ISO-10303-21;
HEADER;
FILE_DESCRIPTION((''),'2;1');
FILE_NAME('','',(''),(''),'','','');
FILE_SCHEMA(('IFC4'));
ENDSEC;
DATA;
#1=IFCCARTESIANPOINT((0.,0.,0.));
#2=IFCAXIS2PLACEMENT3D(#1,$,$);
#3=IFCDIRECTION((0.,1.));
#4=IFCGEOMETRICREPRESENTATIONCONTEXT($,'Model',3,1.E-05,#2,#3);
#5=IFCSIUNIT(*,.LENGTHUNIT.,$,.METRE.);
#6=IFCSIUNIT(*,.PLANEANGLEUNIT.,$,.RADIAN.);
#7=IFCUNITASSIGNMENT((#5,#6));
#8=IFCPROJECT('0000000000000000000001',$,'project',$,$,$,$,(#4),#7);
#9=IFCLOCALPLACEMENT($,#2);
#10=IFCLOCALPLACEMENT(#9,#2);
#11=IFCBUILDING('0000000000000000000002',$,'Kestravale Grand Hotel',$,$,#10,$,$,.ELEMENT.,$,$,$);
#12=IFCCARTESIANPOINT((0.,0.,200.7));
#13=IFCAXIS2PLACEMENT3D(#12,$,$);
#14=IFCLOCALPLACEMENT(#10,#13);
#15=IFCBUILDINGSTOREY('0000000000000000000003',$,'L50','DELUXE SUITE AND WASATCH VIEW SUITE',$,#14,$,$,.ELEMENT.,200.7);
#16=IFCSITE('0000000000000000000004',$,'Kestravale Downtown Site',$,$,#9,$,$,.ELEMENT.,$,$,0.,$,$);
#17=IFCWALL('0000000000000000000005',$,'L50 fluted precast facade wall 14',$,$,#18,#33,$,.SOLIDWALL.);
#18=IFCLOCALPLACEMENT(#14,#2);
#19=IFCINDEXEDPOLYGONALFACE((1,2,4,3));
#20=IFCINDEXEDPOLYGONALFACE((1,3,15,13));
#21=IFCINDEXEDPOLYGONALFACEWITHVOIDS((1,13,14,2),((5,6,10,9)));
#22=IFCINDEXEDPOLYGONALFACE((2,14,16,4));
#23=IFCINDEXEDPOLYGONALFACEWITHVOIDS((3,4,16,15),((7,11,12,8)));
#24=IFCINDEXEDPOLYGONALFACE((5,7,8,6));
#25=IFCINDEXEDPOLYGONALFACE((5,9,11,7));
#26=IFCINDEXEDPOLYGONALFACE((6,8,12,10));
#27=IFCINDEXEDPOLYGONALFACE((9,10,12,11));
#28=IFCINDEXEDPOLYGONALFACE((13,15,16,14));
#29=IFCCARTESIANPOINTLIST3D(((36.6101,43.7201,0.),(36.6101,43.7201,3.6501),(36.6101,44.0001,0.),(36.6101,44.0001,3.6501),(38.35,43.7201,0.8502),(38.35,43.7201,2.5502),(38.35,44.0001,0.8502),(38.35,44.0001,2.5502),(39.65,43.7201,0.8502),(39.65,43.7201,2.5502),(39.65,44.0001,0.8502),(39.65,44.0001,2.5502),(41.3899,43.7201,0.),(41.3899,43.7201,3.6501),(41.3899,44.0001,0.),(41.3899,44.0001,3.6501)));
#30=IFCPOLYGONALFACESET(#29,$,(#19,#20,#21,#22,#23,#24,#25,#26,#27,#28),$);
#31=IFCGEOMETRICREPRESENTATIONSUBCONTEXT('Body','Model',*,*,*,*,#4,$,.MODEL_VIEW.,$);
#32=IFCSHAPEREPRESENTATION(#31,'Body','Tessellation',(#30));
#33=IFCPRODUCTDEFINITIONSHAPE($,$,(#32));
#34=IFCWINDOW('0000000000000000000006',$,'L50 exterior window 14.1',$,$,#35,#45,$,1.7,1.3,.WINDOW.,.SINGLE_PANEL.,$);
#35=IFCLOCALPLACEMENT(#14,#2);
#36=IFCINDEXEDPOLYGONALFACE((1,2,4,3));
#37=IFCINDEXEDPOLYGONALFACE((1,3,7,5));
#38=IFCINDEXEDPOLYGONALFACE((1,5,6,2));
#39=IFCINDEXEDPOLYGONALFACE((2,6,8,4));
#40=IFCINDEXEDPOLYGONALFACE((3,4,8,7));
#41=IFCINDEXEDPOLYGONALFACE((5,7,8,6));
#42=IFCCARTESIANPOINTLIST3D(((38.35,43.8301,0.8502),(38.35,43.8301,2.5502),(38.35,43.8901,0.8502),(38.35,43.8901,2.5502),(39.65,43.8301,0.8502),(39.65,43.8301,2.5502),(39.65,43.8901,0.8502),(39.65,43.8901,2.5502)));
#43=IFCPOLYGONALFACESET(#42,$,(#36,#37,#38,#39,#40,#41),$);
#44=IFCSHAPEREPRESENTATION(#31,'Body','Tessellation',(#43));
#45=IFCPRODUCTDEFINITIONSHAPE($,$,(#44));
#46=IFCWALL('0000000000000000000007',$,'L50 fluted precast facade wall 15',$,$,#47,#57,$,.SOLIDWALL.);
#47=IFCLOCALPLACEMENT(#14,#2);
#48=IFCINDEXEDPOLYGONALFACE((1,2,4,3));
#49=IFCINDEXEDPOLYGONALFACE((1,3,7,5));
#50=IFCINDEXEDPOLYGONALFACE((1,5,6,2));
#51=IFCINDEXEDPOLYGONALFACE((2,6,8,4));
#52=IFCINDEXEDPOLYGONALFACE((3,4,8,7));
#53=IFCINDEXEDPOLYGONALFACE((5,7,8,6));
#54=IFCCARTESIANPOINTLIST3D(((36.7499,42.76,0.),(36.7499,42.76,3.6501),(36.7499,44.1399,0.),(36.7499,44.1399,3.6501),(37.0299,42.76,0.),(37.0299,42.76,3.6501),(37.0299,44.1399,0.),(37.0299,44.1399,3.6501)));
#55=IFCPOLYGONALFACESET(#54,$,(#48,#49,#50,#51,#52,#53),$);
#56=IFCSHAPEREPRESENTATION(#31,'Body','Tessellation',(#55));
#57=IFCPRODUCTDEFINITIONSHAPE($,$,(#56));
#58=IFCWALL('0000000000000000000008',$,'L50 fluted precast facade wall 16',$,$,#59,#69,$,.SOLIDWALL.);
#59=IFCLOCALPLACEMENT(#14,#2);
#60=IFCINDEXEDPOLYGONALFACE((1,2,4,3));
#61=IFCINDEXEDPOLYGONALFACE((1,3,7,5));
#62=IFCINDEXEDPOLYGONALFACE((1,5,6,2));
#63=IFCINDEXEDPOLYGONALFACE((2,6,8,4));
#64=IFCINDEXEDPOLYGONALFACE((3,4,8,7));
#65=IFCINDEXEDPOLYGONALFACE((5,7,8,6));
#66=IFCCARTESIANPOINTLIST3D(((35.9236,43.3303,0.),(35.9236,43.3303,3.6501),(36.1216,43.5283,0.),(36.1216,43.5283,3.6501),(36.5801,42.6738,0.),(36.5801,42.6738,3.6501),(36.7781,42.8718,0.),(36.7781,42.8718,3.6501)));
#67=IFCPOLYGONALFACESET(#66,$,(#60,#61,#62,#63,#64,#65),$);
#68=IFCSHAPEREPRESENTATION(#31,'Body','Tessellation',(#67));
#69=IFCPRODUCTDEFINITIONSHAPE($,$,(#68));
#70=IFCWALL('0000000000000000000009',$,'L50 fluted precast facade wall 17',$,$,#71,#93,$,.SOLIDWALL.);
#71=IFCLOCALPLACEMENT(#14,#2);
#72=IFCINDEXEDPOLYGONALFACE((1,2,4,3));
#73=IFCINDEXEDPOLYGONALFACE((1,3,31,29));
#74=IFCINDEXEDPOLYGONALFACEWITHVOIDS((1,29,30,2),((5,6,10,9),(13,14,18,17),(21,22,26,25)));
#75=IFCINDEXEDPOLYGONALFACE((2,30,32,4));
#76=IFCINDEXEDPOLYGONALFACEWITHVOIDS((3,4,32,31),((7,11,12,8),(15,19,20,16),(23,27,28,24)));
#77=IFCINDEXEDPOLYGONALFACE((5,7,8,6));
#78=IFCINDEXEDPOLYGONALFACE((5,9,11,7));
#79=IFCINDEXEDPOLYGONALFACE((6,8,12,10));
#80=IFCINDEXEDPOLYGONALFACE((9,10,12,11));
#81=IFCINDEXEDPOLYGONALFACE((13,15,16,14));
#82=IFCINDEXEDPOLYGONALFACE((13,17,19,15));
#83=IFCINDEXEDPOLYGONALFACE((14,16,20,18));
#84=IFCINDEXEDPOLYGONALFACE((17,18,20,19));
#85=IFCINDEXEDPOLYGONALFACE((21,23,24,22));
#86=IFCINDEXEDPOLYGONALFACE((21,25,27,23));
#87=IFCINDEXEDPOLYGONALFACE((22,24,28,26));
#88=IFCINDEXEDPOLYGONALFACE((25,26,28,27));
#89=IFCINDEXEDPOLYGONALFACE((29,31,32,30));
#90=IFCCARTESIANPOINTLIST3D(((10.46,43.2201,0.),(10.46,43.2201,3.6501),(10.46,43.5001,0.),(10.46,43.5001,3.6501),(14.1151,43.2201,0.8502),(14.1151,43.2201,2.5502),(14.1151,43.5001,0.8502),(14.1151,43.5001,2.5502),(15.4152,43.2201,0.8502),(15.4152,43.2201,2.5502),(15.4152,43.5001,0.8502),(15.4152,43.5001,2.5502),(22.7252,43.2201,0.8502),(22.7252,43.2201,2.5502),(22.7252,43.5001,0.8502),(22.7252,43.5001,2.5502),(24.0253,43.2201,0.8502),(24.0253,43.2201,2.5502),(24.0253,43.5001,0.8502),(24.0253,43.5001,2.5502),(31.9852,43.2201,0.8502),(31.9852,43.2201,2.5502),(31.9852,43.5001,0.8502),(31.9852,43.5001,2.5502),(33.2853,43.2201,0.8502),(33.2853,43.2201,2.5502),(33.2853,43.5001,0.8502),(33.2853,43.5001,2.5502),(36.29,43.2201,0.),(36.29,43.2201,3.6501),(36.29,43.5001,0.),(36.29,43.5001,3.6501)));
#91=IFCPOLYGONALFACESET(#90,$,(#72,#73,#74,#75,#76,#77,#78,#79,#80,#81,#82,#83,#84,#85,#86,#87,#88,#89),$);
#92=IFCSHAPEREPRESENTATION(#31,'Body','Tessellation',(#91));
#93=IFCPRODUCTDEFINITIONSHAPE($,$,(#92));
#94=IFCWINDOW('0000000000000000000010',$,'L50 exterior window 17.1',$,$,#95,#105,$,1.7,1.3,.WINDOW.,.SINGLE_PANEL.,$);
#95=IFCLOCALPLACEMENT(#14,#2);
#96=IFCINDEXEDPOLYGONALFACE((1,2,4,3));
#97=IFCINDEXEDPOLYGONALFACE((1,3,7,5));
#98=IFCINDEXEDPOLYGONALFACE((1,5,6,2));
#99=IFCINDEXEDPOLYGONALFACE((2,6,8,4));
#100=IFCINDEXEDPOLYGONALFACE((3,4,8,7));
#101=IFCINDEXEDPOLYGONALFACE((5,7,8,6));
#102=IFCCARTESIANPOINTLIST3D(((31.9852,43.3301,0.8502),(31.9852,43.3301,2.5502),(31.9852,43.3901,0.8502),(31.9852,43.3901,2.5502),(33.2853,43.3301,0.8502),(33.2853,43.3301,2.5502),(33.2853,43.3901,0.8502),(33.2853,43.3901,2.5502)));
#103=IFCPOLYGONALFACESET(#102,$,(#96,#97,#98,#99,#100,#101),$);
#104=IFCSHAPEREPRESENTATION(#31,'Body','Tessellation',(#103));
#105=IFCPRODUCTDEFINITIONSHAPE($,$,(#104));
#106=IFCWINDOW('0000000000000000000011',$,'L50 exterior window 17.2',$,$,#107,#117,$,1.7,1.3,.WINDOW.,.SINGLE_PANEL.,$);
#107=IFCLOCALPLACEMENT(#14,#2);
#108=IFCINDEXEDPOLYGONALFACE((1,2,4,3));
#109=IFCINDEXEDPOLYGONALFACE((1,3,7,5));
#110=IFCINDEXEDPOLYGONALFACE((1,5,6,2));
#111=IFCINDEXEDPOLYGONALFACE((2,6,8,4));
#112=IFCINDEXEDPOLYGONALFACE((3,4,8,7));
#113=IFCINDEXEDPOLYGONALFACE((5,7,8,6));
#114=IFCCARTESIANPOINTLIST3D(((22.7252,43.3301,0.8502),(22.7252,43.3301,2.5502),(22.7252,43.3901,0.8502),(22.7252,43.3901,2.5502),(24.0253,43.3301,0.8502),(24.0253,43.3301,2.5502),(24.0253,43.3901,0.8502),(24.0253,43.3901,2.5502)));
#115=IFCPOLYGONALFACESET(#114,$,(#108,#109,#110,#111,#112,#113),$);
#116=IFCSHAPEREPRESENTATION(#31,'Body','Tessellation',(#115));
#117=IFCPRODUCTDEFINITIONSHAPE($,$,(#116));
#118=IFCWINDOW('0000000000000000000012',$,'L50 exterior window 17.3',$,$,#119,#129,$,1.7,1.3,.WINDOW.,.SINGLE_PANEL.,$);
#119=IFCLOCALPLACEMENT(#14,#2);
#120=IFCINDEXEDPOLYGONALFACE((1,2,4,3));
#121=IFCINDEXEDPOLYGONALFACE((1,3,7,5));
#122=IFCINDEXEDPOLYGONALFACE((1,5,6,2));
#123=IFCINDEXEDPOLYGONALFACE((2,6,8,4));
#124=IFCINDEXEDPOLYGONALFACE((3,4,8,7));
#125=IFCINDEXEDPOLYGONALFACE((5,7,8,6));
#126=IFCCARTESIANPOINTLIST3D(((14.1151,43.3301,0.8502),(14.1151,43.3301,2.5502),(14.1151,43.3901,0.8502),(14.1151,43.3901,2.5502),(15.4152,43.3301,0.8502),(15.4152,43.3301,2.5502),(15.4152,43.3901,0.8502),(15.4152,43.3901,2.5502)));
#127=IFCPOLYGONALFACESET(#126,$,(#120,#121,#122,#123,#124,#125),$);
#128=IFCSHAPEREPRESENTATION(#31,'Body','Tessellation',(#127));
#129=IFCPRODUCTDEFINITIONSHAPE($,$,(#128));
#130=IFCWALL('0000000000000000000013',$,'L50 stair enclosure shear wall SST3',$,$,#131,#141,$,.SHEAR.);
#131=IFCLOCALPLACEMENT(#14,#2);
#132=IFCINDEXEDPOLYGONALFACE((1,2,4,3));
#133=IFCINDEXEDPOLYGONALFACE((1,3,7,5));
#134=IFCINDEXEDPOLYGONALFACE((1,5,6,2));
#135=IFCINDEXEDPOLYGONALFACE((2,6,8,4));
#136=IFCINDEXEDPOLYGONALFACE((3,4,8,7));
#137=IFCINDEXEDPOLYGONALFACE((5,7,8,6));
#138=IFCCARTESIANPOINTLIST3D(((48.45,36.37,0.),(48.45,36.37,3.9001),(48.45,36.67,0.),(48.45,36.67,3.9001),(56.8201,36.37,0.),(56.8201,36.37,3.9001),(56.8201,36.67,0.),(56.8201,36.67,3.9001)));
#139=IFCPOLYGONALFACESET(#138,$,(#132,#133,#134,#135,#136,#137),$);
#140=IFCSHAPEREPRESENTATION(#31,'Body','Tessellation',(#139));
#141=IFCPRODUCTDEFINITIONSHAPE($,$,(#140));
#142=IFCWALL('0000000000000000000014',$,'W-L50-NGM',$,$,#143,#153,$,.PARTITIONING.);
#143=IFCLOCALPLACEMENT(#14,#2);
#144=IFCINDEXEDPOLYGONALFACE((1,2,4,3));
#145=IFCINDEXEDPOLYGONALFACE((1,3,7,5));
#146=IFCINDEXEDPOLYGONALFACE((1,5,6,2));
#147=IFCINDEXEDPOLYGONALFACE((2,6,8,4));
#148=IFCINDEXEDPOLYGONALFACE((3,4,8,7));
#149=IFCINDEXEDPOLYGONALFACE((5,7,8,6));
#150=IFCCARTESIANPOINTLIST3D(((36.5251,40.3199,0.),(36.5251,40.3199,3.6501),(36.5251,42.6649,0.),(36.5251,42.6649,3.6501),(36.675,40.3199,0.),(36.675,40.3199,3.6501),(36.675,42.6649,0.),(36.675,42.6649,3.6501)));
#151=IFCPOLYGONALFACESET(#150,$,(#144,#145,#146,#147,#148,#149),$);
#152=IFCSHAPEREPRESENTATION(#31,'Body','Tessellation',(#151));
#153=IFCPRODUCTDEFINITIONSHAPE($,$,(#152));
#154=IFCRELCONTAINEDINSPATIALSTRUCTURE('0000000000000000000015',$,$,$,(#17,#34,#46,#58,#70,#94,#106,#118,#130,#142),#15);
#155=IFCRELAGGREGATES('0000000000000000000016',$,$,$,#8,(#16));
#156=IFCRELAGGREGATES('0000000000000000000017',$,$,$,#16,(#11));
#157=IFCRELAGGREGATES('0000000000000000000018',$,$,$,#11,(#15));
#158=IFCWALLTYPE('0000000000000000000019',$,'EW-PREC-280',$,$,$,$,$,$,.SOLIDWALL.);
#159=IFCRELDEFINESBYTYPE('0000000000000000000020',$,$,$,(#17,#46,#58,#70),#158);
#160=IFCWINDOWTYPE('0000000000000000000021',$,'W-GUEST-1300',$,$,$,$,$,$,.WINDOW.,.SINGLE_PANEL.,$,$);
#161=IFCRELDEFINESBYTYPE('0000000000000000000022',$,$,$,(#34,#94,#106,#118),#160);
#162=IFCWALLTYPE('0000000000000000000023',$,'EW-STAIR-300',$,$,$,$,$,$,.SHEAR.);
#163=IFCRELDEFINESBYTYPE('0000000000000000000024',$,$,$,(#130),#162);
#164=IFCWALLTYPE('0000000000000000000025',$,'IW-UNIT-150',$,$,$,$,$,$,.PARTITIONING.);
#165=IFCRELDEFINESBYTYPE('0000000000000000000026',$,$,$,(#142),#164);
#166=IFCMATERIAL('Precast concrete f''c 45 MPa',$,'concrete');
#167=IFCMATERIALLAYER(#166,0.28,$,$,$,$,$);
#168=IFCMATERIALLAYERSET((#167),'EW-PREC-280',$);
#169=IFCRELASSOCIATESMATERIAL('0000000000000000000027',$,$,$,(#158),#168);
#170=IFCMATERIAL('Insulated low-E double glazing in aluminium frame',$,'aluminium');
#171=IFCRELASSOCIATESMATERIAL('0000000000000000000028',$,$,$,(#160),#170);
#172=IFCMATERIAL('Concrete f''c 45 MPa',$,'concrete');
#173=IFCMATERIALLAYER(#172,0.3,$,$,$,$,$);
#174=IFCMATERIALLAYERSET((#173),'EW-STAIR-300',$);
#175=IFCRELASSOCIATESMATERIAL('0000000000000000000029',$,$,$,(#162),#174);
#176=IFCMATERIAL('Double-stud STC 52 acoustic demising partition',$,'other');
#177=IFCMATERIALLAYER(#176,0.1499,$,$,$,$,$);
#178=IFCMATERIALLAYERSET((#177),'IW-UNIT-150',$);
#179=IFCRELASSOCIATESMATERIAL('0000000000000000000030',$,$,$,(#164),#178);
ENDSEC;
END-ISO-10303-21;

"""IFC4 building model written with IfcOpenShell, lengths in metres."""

from ifc_helpers import new_model, si_unit, direction, frame, frame_2d, origin, place, context, subcontext, project, spatial, rectangle, extrude, material, layer, layer_set, type_object, element, fill, save


model = new_model("IFC4")

# Units and contexts
model_context = context("Model", 3, precision=1e-05, world=origin(), true_north=direction((0.0, 1.0)))
body_context = subcontext(model_context, "Body", "Model", "MODEL_VIEW")
ifc_project = project(units=[si_unit("LENGTHUNIT", "METRE"), si_unit("PLANEANGLEUNIT", "RADIAN")], contexts=[model_context])

# Site, building, storey
site_placement = place(None, origin())
site = spatial("IfcSite", under=ifc_project, at=site_placement, Name="Kestravale Downtown Site", CompositionType="ELEMENT", RefElevation=0.0)
building_placement = place(site_placement, origin())
building = spatial("IfcBuilding", under=site, at=building_placement, Name="Kestravale Grand Hotel", CompositionType="ELEMENT")
storey_placement = place(building_placement, frame((0.0, 0.0, 200.7)))
storey = spatial("IfcBuildingStorey", under=building, at=storey_placement, Name="L50", Description="DELUXE SUITE AND WASATCH VIEW SUITE", CompositionType="ELEMENT", Elevation=200.7)

# Shared definitions
ifc_material_1 = material(Name="Precast concrete f'c 45 MPa", Category="concrete")
ifc_layer_1 = layer(ifc_material_1, 0.28)
ifc_layer_set_1 = layer_set([ifc_layer_1], Name="EW-PREC-280")
wall_type_1 = type_object("IfcWallType", Name="EW-PREC-280", PredefinedType="SOLIDWALL", material=ifc_layer_set_1)

# Wall, opening, window
ifc_material_2 = material(Name="Insulated low-E double glazing in aluminium frame", Category="aluminium")
window_type = type_object("IfcWindowType", Name="W-GUEST-1300", PartitioningType="SINGLE_PANEL", PredefinedType="WINDOW", material=ifc_material_2)
wall_1_placement = place(storey_placement, frame((41.3899, 43.8601, 0.0), z_axis=(0.0, 0.0, 1.0), x_axis=(-1.0, 0.0, 0.0)))
wall_1 = element("IfcWall", 1, at=wall_1_placement, inside=storey, type_object=wall_type_1, Name="L50 fluted precast facade wall 14", PredefinedType="SOLIDWALL", context=body_context, shape_type="SweptSolid", body=[
    extrude(rectangle(XDim=4.7798, YDim=0.28, at=frame_2d((2.3899, 0.0))), origin(), (0.0, 0.0, 1.0), 3.6501),
])
opening_1_placement = place(wall_1_placement, frame((1.74, 0.0, 0.8501)))
opening_1 = element("IfcOpeningElement", 2, at=opening_1_placement, cuts=wall_1, PredefinedType="OPENING", context=body_context, shape_type="SweptSolid", body=[
    extrude(rectangle(XDim=1.3, YDim=1.7, at=frame_2d((0.6499, 0.8501))), frame((0.0, 0.1499, 0.0), z_axis=(0.0, -1.0, 0.0), x_axis=(1.0, 0.0, 0.0)), (0.0, 0.0, 1.0), 0.3),
])
window_1_placement = place(opening_1_placement, origin())
window_1 = element("IfcWindow", 3, at=window_1_placement, inside=storey, type_object=window_type, Name="L50 exterior window 14.1", OverallHeight=1.7, OverallWidth=1.3, PartitioningType="SINGLE_PANEL", PredefinedType="WINDOW", context=body_context, shape_type="SweptSolid", body=[
    extrude(rectangle(XDim=1.3, YDim=1.7, at=frame_2d((0.6499, 0.8501))), frame((0.0, 0.03, 0.0), z_axis=(0.0, -1.0, 0.0), x_axis=(1.0, 0.0, 0.0)), (0.0, 0.0, 1.0), 0.0601),
])
fill(opening_1, window_1)

# Walls
wall_2_placement = place(storey_placement, frame((36.8899, 44.1399, 0.0), z_axis=(0.0, 0.0, 1.0), x_axis=(0.0, -1.0, 0.0)))
element("IfcWall", 4, at=wall_2_placement, inside=storey, type_object=wall_type_1, Name="L50 fluted precast facade wall 15", PredefinedType="SOLIDWALL", context=body_context, shape_type="SweptSolid", body=[
    extrude(rectangle(XDim=1.3799, YDim=0.28, at=frame_2d((0.6899, 0.0))), origin(), (0.0, 0.0, 1.0), 3.6501),
])
wall_3_placement = place(storey_placement, frame((36.6792, 42.7727, 0.0), z_axis=(0.0, 0.0, 1.0), x_axis=(-0.707107, 0.707107, 0.0)))
element("IfcWall", 5, at=wall_3_placement, inside=storey, type_object=wall_type_1, Name="L50 fluted precast facade wall 16", PredefinedType="SOLIDWALL", context=body_context, shape_type="SweptSolid", body=[
    extrude(rectangle(XDim=0.9285, YDim=0.28, at=frame_2d((0.4644, 0.0))), origin(), (0.0, 0.0, 1.0), 3.6501),
])

# Wall, openings, windows
wall_4_placement = place(storey_placement, frame((36.29, 43.3601, 0.0), z_axis=(0.0, 0.0, 1.0), x_axis=(-1.0, 0.0, 0.0)))
wall_4 = element("IfcWall", 6, at=wall_4_placement, inside=storey, type_object=wall_type_1, Name="L50 fluted precast facade wall 17", PredefinedType="SOLIDWALL", context=body_context, shape_type="SweptSolid", body=[
    extrude(rectangle(XDim=25.8301, YDim=0.28, at=frame_2d((12.915, 0.0))), origin(), (0.0, 0.0, 1.0), 3.6501),
])
opening_2_placement = place(wall_4_placement, frame((3.0049, 0.0, 0.8501)))
opening_2 = element("IfcOpeningElement", 7, at=opening_2_placement, cuts=wall_4, PredefinedType="OPENING", context=body_context, shape_type="SweptSolid", body=[
    extrude(rectangle(XDim=1.3, YDim=1.7, at=frame_2d((0.6499, 0.8501))), frame((0.0, 0.1499, 0.0), z_axis=(0.0, -1.0, 0.0), x_axis=(1.0, 0.0, 0.0)), (0.0, 0.0, 1.0), 0.3),
])
opening_3_placement = place(wall_4_placement, frame((12.2649, 0.0, 0.8501)))
opening_3 = element("IfcOpeningElement", 8, at=opening_3_placement, cuts=wall_4, PredefinedType="OPENING", context=body_context, shape_type="SweptSolid", body=[
    extrude(rectangle(XDim=1.3, YDim=1.7, at=frame_2d((0.6499, 0.8501))), frame((0.0, 0.1499, 0.0), z_axis=(0.0, -1.0, 0.0), x_axis=(1.0, 0.0, 0.0)), (0.0, 0.0, 1.0), 0.3),
])
opening_4_placement = place(wall_4_placement, frame((20.875, 0.0, 0.8501)))
opening_4 = element("IfcOpeningElement", 9, at=opening_4_placement, cuts=wall_4, PredefinedType="OPENING", context=body_context, shape_type="SweptSolid", body=[
    extrude(rectangle(XDim=1.3, YDim=1.7, at=frame_2d((0.6499, 0.8501))), frame((0.0, 0.1499, 0.0), z_axis=(0.0, -1.0, 0.0), x_axis=(1.0, 0.0, 0.0)), (0.0, 0.0, 1.0), 0.3),
])
window_2_placement = place(opening_2_placement, origin())
window_2 = element("IfcWindow", 10, at=window_2_placement, inside=storey, type_object=window_type, Name="L50 exterior window 17.1", OverallHeight=1.7, OverallWidth=1.3, PartitioningType="SINGLE_PANEL", PredefinedType="WINDOW", context=body_context, shape_type="SweptSolid", body=[
    extrude(rectangle(XDim=1.3, YDim=1.7, at=frame_2d((0.6499, 0.8501))), frame((0.0, 0.03, 0.0), z_axis=(0.0, -1.0, 0.0), x_axis=(1.0, 0.0, 0.0)), (0.0, 0.0, 1.0), 0.0601),
])
fill(opening_2, window_2)
window_3_placement = place(opening_3_placement, origin())
window_3 = element("IfcWindow", 11, at=window_3_placement, inside=storey, type_object=window_type, Name="L50 exterior window 17.2", OverallHeight=1.7, OverallWidth=1.3, PartitioningType="SINGLE_PANEL", PredefinedType="WINDOW", context=body_context, shape_type="SweptSolid", body=[
    extrude(rectangle(XDim=1.3, YDim=1.7, at=frame_2d((0.6499, 0.8501))), frame((0.0, 0.03, 0.0), z_axis=(0.0, -1.0, 0.0), x_axis=(1.0, 0.0, 0.0)), (0.0, 0.0, 1.0), 0.0601),
])
fill(opening_3, window_3)
window_4_placement = place(opening_4_placement, origin())
window_4 = element("IfcWindow", 12, at=window_4_placement, inside=storey, type_object=window_type, Name="L50 exterior window 17.3", OverallHeight=1.7, OverallWidth=1.3, PartitioningType="SINGLE_PANEL", PredefinedType="WINDOW", context=body_context, shape_type="SweptSolid", body=[
    extrude(rectangle(XDim=1.3, YDim=1.7, at=frame_2d((0.6499, 0.8501))), frame((0.0, 0.03, 0.0), z_axis=(0.0, -1.0, 0.0), x_axis=(1.0, 0.0, 0.0)), (0.0, 0.0, 1.0), 0.0601),
])
fill(opening_4, window_4)

# Walls
ifc_material_3 = material(Name="Concrete f'c 45 MPa", Category="concrete")
ifc_layer_2 = layer(ifc_material_3, 0.3)
ifc_layer_set_2 = layer_set([ifc_layer_2], Name="EW-STAIR-300")
wall_type_2 = type_object("IfcWallType", Name="EW-STAIR-300", PredefinedType="SHEAR", material=ifc_layer_set_2)
wall_5_placement = place(storey_placement, frame((48.45, 36.52, 0.0), z_axis=(0.0, 0.0, 1.0), x_axis=(1.0, 0.0, 0.0)))
element("IfcWall", 13, at=wall_5_placement, inside=storey, type_object=wall_type_2, Name="L50 stair enclosure shear wall SST3", PredefinedType="SHEAR", context=body_context, shape_type="SweptSolid", body=[
    extrude(rectangle(XDim=8.3701, YDim=0.3, at=frame_2d((4.1851, 0.0))), origin(), (0.0, 0.0, 1.0), 3.9001),
])
ifc_material_4 = material(Name="Double-stud STC 52 acoustic demising partition", Category="other")
ifc_layer_3 = layer(ifc_material_4, 0.1499)
ifc_layer_set_3 = layer_set([ifc_layer_3], Name="IW-UNIT-150")
wall_type_3 = type_object("IfcWallType", Name="IW-UNIT-150", PredefinedType="PARTITIONING", material=ifc_layer_set_3)
wall_6_placement = place(storey_placement, frame((36.6001, 40.3201, 0.0), z_axis=(0.0, 0.0, 1.0), x_axis=(0.0, 1.0, 0.0)))
element("IfcWall", 14, at=wall_6_placement, inside=storey, type_object=wall_type_3, Name="W-L50-NGM", PredefinedType="PARTITIONING", context=body_context, shape_type="SweptSolid", body=[
    extrude(rectangle(XDim=2.345, YDim=0.1499, at=frame_2d((1.1724, 0.0))), origin(), (0.0, 0.0, 1.0), 3.6501),
])

save(model, "model.ifc")
